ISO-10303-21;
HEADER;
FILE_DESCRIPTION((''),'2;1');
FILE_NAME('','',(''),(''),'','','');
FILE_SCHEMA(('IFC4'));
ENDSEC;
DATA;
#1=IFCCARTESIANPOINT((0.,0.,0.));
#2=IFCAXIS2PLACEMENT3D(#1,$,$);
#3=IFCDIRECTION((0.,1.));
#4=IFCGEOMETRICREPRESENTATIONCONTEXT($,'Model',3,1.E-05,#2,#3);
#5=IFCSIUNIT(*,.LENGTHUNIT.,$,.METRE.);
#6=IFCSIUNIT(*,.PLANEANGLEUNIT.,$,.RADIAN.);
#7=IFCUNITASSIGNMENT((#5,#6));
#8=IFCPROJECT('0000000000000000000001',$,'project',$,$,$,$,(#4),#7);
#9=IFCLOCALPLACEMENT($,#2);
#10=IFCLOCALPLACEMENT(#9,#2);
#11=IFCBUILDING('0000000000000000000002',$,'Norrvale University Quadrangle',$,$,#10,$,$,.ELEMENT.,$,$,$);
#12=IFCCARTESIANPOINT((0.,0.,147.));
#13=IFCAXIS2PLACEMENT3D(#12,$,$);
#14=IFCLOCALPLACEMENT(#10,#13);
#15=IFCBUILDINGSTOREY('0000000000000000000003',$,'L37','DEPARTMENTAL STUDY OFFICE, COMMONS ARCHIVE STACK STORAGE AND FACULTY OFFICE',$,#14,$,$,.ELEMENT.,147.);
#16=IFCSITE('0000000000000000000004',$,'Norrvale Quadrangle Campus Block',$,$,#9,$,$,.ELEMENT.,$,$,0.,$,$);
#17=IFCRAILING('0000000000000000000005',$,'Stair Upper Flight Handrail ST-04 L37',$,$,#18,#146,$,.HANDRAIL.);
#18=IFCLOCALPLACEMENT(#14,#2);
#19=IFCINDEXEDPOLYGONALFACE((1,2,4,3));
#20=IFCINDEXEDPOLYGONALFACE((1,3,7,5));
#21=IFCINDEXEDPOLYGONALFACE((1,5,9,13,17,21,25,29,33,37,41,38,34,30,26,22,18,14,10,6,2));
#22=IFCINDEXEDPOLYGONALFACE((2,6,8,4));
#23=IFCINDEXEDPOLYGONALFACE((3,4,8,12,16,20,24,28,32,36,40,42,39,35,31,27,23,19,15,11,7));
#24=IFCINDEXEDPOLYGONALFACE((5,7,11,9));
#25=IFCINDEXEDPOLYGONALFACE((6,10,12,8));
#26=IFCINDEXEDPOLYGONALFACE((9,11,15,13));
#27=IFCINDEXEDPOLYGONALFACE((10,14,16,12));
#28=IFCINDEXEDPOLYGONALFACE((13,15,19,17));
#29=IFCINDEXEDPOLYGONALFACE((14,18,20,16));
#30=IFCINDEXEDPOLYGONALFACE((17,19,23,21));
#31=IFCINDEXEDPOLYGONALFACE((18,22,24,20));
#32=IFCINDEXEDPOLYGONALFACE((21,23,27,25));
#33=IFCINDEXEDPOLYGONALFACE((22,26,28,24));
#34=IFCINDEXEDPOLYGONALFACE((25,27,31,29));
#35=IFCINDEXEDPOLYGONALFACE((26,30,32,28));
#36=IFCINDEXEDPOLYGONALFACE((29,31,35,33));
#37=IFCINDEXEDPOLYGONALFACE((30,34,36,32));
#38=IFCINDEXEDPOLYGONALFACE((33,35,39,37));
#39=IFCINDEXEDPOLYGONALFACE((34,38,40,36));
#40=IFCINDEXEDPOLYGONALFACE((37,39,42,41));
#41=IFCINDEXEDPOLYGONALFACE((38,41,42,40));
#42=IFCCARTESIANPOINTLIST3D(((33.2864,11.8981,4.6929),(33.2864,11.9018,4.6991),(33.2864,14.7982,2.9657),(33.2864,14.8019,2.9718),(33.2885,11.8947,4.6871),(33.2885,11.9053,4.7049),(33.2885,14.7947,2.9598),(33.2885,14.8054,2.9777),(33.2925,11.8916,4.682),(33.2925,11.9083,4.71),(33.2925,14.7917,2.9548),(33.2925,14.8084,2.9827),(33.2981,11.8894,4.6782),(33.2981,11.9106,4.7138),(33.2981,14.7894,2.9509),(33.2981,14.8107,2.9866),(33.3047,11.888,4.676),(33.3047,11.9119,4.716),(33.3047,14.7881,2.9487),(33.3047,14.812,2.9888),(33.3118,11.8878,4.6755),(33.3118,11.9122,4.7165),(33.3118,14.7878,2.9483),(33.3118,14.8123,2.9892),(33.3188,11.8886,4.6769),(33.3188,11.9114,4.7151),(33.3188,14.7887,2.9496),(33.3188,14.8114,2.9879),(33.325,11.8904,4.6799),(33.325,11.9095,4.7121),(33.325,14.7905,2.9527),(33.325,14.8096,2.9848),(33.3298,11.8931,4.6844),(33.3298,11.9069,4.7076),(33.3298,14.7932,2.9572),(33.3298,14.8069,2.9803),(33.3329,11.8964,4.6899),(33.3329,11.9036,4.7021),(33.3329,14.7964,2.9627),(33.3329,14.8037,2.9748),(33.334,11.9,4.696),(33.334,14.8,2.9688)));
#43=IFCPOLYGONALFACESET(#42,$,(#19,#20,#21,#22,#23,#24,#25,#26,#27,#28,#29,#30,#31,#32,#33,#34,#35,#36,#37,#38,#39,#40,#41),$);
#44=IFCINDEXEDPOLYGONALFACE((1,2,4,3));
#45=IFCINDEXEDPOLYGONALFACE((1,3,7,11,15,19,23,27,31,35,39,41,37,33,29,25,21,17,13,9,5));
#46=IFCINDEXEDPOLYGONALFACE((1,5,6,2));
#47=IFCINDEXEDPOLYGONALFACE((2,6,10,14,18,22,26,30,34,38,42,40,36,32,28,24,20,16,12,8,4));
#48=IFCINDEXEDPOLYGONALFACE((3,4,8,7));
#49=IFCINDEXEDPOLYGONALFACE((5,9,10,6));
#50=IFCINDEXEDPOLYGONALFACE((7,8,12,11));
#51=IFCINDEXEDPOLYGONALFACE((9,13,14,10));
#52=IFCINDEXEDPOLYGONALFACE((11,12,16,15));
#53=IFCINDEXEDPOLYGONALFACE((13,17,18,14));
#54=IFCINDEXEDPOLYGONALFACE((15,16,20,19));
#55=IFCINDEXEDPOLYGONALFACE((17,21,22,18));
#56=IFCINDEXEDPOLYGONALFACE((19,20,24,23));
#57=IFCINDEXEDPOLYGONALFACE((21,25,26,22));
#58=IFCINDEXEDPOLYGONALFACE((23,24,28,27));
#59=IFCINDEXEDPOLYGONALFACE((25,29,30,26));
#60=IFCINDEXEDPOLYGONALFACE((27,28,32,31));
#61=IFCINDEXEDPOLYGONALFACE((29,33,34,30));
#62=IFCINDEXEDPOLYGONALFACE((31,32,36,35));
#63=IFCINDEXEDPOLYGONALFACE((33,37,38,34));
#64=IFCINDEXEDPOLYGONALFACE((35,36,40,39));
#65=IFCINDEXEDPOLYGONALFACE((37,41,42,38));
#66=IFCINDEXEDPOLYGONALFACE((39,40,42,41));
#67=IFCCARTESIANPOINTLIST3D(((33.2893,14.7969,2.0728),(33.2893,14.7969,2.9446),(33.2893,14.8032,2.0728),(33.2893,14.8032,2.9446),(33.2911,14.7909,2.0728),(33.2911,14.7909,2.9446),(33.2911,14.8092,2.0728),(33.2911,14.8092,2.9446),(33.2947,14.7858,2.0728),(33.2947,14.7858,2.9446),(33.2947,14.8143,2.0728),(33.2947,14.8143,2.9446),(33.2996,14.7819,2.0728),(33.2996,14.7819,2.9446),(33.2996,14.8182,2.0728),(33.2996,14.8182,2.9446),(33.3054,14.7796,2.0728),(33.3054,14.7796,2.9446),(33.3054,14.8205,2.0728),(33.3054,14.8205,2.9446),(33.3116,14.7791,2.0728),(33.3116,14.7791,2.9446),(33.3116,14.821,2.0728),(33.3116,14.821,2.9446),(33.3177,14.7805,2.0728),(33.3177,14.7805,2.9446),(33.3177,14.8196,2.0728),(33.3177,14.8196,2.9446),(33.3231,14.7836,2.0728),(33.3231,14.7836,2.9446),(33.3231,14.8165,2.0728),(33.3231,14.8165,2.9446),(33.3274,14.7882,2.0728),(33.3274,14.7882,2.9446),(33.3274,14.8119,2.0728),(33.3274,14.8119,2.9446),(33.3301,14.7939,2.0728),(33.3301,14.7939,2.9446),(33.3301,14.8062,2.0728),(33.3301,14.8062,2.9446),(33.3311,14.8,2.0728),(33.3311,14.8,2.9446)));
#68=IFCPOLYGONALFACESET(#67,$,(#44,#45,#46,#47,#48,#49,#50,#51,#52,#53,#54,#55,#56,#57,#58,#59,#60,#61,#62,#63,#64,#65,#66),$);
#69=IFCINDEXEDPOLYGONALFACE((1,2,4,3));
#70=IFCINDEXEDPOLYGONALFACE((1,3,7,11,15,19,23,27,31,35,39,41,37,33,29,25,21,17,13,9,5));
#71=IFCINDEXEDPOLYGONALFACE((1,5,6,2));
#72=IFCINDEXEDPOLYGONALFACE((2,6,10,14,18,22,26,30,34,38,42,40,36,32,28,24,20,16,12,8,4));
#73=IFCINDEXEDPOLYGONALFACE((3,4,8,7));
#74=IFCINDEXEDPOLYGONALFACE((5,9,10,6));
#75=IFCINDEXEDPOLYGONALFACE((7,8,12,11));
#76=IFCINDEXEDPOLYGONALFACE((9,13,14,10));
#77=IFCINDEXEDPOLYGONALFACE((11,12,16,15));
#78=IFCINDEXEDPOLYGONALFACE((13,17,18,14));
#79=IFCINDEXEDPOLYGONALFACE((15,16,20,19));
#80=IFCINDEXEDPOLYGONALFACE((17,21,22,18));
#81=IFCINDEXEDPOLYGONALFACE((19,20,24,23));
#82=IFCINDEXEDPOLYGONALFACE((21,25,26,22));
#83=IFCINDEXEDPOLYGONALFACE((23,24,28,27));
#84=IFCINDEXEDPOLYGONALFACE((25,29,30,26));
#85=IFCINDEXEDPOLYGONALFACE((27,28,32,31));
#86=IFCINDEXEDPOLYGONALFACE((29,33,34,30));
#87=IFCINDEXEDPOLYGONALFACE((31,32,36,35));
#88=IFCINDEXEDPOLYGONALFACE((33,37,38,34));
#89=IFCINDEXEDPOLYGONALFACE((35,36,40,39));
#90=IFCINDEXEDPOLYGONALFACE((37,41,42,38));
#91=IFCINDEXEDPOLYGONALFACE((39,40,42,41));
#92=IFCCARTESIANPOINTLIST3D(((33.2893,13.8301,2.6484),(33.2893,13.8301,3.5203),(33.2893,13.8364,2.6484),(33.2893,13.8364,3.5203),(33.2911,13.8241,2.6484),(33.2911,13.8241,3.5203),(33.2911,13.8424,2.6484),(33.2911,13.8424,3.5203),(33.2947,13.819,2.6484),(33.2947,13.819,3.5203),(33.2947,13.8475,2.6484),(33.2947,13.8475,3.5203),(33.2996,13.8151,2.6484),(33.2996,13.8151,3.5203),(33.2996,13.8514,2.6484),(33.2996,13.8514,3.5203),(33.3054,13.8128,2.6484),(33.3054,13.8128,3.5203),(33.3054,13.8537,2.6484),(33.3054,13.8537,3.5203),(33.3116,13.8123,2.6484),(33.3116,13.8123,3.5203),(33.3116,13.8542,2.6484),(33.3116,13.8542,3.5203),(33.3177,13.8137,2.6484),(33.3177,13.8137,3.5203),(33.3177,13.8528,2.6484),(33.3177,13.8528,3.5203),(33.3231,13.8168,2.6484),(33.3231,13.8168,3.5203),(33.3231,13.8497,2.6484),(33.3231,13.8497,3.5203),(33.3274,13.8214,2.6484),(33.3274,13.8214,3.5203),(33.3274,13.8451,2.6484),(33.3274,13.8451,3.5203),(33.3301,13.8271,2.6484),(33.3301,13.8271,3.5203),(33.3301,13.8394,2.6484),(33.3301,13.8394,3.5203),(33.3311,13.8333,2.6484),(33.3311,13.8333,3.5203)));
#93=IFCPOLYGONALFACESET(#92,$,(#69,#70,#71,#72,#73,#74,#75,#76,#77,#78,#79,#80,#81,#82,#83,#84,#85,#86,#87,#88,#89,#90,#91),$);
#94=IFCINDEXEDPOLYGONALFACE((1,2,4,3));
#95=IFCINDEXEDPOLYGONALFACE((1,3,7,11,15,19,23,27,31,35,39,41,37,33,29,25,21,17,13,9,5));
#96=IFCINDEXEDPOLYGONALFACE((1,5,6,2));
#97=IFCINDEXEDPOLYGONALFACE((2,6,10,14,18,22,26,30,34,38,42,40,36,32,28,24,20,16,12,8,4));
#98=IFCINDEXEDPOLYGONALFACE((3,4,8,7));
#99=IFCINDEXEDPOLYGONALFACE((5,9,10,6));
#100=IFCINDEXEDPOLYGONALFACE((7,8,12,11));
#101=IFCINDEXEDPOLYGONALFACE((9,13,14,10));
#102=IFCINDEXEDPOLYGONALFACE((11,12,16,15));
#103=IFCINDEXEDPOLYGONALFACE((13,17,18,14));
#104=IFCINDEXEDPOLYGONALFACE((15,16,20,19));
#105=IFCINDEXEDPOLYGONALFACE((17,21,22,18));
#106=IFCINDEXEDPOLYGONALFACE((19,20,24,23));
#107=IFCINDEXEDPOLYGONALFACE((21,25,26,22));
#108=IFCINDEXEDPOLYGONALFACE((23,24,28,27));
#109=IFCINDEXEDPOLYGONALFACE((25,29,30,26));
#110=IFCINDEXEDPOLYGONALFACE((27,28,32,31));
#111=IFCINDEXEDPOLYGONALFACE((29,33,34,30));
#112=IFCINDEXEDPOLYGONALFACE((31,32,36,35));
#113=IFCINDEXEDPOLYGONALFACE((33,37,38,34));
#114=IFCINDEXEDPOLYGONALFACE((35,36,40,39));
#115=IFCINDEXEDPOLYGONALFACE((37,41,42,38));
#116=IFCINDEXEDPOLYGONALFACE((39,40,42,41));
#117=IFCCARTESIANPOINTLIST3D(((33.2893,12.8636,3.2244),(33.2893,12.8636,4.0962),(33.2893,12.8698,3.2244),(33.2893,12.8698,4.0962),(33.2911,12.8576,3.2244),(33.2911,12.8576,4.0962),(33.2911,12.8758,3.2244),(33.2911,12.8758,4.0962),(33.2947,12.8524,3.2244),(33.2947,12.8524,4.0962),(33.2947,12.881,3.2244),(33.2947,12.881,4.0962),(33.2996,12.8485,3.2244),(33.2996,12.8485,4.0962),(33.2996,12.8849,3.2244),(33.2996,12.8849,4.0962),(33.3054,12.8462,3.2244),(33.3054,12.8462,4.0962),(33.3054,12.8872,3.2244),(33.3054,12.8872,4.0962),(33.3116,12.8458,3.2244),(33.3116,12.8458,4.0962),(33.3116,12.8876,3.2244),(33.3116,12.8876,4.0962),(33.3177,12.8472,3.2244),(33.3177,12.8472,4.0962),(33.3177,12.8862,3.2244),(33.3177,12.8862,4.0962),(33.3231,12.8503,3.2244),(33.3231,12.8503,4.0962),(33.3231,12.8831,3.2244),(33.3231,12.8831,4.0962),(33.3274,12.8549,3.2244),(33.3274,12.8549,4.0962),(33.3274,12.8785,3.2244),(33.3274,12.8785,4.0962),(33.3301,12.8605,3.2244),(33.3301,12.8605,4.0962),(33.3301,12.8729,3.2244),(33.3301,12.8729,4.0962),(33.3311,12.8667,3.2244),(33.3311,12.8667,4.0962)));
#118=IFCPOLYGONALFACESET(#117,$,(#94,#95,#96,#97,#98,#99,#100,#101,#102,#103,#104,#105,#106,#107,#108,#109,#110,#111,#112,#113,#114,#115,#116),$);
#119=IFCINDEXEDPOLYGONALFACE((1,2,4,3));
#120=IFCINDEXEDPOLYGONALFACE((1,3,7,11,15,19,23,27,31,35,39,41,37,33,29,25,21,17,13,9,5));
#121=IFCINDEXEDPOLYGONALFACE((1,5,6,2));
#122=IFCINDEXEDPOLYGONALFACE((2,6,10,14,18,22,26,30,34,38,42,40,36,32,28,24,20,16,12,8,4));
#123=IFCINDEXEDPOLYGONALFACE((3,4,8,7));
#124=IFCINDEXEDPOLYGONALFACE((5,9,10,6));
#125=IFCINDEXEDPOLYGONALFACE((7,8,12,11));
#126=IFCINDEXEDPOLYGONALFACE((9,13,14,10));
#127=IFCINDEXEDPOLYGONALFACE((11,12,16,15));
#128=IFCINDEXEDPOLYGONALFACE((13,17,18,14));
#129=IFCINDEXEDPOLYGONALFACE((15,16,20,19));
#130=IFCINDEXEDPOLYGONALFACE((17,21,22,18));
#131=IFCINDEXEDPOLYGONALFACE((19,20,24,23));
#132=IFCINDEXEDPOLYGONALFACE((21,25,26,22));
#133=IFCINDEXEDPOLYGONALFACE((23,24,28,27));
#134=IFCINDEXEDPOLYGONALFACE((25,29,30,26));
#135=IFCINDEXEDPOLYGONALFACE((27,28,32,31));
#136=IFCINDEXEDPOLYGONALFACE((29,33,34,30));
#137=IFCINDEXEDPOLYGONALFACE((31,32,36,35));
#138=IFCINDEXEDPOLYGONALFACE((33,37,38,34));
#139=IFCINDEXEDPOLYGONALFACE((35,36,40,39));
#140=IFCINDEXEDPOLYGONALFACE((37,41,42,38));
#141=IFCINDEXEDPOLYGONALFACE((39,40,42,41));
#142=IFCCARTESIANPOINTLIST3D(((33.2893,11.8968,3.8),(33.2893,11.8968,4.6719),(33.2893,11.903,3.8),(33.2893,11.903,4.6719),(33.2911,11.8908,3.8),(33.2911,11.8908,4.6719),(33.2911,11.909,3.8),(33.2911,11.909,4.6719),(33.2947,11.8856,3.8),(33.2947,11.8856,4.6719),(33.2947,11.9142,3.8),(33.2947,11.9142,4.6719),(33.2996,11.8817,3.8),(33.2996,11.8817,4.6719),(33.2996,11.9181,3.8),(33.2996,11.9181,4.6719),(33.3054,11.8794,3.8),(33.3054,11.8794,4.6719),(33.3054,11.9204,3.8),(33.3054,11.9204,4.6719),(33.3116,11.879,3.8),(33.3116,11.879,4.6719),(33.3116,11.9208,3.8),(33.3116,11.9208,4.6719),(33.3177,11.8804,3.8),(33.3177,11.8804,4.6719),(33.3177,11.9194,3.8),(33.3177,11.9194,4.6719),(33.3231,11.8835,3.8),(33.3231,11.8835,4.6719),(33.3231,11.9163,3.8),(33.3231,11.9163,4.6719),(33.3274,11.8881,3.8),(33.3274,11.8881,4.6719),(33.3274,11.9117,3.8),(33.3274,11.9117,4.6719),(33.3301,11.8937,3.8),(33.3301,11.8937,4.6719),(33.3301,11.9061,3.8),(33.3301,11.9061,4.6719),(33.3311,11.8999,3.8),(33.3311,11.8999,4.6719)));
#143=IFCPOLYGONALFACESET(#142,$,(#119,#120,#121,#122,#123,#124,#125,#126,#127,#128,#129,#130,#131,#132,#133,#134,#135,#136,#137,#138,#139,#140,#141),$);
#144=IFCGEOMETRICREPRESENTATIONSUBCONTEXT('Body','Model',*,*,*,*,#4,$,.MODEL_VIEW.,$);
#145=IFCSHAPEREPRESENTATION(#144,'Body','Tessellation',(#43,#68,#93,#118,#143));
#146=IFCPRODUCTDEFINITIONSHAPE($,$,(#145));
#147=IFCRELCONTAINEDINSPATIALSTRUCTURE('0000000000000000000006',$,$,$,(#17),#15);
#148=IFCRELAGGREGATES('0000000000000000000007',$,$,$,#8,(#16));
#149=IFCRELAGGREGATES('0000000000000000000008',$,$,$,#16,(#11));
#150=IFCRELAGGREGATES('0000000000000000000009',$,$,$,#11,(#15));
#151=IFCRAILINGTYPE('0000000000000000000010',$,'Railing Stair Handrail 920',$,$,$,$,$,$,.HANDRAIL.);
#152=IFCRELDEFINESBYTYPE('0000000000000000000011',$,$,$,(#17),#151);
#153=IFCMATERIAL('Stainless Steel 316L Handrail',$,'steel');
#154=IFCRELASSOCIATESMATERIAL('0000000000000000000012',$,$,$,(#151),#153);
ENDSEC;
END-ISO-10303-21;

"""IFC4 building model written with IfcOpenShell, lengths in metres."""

from ifc_helpers import new_model, si_unit, direction, frame, origin, origin_2d, place, context, subcontext, project, spatial, circle, extrude, material, type_object, element, save


model = new_model("IFC4")

# Units and contexts
model_context = context("Model", 3, precision=1e-05, world=origin(), true_north=direction((0.0, 1.0)))
body_context = subcontext(model_context, "Body", "Model", "MODEL_VIEW")
ifc_project = project(units=[si_unit("LENGTHUNIT", "METRE"), si_unit("PLANEANGLEUNIT", "RADIAN")], contexts=[model_context])

# Site, building, storey
site_placement = place(None, origin())
site = spatial("IfcSite", under=ifc_project, at=site_placement, Name="Norrvale Quadrangle Campus Block", CompositionType="ELEMENT", RefElevation=0.0)
building_placement = place(site_placement, origin())
building = spatial("IfcBuilding", under=site, at=building_placement, Name="Norrvale University Quadrangle", CompositionType="ELEMENT")
storey_placement = place(building_placement, frame((0.0, 0.0, 147.0)))
storey = spatial("IfcBuildingStorey", under=building, at=storey_placement, Name="L37", Description="DEPARTMENTAL STUDY OFFICE, COMMONS ARCHIVE STACK STORAGE AND FACULTY OFFICE", CompositionType="ELEMENT", Elevation=147.0)

# Railing
ifc_material_1 = material(Name="Stainless Steel 316L Handrail", Category="steel")
railing_type_1 = type_object("IfcRailingType", Name="Railing Stair Handrail 920", PredefinedType="HANDRAIL", material=ifc_material_1)
railing_1_placement = place(storey_placement, frame((33.3101, 14.8, 2.0728)))
element("IfcRailing", 1, at=railing_1_placement, inside=storey, type_object=railing_type_1, Name="Stair Upper Flight Handrail ST-04 L37", PredefinedType="HANDRAIL", context=body_context, shape_type="SweptSolid", body=[
    extrude(circle(Radius=0.0239, at=origin_2d()), frame((0.0, 0.0, 0.896), z_axis=(0.0, -0.85916, 0.511706), x_axis=(1.0, 0.0, 0.0)), (0.0, 0.0, 1.0), 3.3755),
    extrude(circle(Radius=0.021, at=origin_2d()), origin(), (0.0, 0.0, 1.0), 0.8718),
    extrude(circle(Radius=0.021, at=origin_2d()), frame((0.0, -0.9668, 0.5757)), (0.0, 0.0, 1.0), 0.8718),
    extrude(circle(Radius=0.021, at=origin_2d()), frame((0.0, -1.9333, 1.1516)), (0.0, 0.0, 1.0), 0.8718),
    extrude(circle(Radius=0.021, at=origin_2d()), frame((0.0, -2.9001, 1.7273)), (0.0, 0.0, 1.0), 0.8718),
])

save(model, "model.ifc")
